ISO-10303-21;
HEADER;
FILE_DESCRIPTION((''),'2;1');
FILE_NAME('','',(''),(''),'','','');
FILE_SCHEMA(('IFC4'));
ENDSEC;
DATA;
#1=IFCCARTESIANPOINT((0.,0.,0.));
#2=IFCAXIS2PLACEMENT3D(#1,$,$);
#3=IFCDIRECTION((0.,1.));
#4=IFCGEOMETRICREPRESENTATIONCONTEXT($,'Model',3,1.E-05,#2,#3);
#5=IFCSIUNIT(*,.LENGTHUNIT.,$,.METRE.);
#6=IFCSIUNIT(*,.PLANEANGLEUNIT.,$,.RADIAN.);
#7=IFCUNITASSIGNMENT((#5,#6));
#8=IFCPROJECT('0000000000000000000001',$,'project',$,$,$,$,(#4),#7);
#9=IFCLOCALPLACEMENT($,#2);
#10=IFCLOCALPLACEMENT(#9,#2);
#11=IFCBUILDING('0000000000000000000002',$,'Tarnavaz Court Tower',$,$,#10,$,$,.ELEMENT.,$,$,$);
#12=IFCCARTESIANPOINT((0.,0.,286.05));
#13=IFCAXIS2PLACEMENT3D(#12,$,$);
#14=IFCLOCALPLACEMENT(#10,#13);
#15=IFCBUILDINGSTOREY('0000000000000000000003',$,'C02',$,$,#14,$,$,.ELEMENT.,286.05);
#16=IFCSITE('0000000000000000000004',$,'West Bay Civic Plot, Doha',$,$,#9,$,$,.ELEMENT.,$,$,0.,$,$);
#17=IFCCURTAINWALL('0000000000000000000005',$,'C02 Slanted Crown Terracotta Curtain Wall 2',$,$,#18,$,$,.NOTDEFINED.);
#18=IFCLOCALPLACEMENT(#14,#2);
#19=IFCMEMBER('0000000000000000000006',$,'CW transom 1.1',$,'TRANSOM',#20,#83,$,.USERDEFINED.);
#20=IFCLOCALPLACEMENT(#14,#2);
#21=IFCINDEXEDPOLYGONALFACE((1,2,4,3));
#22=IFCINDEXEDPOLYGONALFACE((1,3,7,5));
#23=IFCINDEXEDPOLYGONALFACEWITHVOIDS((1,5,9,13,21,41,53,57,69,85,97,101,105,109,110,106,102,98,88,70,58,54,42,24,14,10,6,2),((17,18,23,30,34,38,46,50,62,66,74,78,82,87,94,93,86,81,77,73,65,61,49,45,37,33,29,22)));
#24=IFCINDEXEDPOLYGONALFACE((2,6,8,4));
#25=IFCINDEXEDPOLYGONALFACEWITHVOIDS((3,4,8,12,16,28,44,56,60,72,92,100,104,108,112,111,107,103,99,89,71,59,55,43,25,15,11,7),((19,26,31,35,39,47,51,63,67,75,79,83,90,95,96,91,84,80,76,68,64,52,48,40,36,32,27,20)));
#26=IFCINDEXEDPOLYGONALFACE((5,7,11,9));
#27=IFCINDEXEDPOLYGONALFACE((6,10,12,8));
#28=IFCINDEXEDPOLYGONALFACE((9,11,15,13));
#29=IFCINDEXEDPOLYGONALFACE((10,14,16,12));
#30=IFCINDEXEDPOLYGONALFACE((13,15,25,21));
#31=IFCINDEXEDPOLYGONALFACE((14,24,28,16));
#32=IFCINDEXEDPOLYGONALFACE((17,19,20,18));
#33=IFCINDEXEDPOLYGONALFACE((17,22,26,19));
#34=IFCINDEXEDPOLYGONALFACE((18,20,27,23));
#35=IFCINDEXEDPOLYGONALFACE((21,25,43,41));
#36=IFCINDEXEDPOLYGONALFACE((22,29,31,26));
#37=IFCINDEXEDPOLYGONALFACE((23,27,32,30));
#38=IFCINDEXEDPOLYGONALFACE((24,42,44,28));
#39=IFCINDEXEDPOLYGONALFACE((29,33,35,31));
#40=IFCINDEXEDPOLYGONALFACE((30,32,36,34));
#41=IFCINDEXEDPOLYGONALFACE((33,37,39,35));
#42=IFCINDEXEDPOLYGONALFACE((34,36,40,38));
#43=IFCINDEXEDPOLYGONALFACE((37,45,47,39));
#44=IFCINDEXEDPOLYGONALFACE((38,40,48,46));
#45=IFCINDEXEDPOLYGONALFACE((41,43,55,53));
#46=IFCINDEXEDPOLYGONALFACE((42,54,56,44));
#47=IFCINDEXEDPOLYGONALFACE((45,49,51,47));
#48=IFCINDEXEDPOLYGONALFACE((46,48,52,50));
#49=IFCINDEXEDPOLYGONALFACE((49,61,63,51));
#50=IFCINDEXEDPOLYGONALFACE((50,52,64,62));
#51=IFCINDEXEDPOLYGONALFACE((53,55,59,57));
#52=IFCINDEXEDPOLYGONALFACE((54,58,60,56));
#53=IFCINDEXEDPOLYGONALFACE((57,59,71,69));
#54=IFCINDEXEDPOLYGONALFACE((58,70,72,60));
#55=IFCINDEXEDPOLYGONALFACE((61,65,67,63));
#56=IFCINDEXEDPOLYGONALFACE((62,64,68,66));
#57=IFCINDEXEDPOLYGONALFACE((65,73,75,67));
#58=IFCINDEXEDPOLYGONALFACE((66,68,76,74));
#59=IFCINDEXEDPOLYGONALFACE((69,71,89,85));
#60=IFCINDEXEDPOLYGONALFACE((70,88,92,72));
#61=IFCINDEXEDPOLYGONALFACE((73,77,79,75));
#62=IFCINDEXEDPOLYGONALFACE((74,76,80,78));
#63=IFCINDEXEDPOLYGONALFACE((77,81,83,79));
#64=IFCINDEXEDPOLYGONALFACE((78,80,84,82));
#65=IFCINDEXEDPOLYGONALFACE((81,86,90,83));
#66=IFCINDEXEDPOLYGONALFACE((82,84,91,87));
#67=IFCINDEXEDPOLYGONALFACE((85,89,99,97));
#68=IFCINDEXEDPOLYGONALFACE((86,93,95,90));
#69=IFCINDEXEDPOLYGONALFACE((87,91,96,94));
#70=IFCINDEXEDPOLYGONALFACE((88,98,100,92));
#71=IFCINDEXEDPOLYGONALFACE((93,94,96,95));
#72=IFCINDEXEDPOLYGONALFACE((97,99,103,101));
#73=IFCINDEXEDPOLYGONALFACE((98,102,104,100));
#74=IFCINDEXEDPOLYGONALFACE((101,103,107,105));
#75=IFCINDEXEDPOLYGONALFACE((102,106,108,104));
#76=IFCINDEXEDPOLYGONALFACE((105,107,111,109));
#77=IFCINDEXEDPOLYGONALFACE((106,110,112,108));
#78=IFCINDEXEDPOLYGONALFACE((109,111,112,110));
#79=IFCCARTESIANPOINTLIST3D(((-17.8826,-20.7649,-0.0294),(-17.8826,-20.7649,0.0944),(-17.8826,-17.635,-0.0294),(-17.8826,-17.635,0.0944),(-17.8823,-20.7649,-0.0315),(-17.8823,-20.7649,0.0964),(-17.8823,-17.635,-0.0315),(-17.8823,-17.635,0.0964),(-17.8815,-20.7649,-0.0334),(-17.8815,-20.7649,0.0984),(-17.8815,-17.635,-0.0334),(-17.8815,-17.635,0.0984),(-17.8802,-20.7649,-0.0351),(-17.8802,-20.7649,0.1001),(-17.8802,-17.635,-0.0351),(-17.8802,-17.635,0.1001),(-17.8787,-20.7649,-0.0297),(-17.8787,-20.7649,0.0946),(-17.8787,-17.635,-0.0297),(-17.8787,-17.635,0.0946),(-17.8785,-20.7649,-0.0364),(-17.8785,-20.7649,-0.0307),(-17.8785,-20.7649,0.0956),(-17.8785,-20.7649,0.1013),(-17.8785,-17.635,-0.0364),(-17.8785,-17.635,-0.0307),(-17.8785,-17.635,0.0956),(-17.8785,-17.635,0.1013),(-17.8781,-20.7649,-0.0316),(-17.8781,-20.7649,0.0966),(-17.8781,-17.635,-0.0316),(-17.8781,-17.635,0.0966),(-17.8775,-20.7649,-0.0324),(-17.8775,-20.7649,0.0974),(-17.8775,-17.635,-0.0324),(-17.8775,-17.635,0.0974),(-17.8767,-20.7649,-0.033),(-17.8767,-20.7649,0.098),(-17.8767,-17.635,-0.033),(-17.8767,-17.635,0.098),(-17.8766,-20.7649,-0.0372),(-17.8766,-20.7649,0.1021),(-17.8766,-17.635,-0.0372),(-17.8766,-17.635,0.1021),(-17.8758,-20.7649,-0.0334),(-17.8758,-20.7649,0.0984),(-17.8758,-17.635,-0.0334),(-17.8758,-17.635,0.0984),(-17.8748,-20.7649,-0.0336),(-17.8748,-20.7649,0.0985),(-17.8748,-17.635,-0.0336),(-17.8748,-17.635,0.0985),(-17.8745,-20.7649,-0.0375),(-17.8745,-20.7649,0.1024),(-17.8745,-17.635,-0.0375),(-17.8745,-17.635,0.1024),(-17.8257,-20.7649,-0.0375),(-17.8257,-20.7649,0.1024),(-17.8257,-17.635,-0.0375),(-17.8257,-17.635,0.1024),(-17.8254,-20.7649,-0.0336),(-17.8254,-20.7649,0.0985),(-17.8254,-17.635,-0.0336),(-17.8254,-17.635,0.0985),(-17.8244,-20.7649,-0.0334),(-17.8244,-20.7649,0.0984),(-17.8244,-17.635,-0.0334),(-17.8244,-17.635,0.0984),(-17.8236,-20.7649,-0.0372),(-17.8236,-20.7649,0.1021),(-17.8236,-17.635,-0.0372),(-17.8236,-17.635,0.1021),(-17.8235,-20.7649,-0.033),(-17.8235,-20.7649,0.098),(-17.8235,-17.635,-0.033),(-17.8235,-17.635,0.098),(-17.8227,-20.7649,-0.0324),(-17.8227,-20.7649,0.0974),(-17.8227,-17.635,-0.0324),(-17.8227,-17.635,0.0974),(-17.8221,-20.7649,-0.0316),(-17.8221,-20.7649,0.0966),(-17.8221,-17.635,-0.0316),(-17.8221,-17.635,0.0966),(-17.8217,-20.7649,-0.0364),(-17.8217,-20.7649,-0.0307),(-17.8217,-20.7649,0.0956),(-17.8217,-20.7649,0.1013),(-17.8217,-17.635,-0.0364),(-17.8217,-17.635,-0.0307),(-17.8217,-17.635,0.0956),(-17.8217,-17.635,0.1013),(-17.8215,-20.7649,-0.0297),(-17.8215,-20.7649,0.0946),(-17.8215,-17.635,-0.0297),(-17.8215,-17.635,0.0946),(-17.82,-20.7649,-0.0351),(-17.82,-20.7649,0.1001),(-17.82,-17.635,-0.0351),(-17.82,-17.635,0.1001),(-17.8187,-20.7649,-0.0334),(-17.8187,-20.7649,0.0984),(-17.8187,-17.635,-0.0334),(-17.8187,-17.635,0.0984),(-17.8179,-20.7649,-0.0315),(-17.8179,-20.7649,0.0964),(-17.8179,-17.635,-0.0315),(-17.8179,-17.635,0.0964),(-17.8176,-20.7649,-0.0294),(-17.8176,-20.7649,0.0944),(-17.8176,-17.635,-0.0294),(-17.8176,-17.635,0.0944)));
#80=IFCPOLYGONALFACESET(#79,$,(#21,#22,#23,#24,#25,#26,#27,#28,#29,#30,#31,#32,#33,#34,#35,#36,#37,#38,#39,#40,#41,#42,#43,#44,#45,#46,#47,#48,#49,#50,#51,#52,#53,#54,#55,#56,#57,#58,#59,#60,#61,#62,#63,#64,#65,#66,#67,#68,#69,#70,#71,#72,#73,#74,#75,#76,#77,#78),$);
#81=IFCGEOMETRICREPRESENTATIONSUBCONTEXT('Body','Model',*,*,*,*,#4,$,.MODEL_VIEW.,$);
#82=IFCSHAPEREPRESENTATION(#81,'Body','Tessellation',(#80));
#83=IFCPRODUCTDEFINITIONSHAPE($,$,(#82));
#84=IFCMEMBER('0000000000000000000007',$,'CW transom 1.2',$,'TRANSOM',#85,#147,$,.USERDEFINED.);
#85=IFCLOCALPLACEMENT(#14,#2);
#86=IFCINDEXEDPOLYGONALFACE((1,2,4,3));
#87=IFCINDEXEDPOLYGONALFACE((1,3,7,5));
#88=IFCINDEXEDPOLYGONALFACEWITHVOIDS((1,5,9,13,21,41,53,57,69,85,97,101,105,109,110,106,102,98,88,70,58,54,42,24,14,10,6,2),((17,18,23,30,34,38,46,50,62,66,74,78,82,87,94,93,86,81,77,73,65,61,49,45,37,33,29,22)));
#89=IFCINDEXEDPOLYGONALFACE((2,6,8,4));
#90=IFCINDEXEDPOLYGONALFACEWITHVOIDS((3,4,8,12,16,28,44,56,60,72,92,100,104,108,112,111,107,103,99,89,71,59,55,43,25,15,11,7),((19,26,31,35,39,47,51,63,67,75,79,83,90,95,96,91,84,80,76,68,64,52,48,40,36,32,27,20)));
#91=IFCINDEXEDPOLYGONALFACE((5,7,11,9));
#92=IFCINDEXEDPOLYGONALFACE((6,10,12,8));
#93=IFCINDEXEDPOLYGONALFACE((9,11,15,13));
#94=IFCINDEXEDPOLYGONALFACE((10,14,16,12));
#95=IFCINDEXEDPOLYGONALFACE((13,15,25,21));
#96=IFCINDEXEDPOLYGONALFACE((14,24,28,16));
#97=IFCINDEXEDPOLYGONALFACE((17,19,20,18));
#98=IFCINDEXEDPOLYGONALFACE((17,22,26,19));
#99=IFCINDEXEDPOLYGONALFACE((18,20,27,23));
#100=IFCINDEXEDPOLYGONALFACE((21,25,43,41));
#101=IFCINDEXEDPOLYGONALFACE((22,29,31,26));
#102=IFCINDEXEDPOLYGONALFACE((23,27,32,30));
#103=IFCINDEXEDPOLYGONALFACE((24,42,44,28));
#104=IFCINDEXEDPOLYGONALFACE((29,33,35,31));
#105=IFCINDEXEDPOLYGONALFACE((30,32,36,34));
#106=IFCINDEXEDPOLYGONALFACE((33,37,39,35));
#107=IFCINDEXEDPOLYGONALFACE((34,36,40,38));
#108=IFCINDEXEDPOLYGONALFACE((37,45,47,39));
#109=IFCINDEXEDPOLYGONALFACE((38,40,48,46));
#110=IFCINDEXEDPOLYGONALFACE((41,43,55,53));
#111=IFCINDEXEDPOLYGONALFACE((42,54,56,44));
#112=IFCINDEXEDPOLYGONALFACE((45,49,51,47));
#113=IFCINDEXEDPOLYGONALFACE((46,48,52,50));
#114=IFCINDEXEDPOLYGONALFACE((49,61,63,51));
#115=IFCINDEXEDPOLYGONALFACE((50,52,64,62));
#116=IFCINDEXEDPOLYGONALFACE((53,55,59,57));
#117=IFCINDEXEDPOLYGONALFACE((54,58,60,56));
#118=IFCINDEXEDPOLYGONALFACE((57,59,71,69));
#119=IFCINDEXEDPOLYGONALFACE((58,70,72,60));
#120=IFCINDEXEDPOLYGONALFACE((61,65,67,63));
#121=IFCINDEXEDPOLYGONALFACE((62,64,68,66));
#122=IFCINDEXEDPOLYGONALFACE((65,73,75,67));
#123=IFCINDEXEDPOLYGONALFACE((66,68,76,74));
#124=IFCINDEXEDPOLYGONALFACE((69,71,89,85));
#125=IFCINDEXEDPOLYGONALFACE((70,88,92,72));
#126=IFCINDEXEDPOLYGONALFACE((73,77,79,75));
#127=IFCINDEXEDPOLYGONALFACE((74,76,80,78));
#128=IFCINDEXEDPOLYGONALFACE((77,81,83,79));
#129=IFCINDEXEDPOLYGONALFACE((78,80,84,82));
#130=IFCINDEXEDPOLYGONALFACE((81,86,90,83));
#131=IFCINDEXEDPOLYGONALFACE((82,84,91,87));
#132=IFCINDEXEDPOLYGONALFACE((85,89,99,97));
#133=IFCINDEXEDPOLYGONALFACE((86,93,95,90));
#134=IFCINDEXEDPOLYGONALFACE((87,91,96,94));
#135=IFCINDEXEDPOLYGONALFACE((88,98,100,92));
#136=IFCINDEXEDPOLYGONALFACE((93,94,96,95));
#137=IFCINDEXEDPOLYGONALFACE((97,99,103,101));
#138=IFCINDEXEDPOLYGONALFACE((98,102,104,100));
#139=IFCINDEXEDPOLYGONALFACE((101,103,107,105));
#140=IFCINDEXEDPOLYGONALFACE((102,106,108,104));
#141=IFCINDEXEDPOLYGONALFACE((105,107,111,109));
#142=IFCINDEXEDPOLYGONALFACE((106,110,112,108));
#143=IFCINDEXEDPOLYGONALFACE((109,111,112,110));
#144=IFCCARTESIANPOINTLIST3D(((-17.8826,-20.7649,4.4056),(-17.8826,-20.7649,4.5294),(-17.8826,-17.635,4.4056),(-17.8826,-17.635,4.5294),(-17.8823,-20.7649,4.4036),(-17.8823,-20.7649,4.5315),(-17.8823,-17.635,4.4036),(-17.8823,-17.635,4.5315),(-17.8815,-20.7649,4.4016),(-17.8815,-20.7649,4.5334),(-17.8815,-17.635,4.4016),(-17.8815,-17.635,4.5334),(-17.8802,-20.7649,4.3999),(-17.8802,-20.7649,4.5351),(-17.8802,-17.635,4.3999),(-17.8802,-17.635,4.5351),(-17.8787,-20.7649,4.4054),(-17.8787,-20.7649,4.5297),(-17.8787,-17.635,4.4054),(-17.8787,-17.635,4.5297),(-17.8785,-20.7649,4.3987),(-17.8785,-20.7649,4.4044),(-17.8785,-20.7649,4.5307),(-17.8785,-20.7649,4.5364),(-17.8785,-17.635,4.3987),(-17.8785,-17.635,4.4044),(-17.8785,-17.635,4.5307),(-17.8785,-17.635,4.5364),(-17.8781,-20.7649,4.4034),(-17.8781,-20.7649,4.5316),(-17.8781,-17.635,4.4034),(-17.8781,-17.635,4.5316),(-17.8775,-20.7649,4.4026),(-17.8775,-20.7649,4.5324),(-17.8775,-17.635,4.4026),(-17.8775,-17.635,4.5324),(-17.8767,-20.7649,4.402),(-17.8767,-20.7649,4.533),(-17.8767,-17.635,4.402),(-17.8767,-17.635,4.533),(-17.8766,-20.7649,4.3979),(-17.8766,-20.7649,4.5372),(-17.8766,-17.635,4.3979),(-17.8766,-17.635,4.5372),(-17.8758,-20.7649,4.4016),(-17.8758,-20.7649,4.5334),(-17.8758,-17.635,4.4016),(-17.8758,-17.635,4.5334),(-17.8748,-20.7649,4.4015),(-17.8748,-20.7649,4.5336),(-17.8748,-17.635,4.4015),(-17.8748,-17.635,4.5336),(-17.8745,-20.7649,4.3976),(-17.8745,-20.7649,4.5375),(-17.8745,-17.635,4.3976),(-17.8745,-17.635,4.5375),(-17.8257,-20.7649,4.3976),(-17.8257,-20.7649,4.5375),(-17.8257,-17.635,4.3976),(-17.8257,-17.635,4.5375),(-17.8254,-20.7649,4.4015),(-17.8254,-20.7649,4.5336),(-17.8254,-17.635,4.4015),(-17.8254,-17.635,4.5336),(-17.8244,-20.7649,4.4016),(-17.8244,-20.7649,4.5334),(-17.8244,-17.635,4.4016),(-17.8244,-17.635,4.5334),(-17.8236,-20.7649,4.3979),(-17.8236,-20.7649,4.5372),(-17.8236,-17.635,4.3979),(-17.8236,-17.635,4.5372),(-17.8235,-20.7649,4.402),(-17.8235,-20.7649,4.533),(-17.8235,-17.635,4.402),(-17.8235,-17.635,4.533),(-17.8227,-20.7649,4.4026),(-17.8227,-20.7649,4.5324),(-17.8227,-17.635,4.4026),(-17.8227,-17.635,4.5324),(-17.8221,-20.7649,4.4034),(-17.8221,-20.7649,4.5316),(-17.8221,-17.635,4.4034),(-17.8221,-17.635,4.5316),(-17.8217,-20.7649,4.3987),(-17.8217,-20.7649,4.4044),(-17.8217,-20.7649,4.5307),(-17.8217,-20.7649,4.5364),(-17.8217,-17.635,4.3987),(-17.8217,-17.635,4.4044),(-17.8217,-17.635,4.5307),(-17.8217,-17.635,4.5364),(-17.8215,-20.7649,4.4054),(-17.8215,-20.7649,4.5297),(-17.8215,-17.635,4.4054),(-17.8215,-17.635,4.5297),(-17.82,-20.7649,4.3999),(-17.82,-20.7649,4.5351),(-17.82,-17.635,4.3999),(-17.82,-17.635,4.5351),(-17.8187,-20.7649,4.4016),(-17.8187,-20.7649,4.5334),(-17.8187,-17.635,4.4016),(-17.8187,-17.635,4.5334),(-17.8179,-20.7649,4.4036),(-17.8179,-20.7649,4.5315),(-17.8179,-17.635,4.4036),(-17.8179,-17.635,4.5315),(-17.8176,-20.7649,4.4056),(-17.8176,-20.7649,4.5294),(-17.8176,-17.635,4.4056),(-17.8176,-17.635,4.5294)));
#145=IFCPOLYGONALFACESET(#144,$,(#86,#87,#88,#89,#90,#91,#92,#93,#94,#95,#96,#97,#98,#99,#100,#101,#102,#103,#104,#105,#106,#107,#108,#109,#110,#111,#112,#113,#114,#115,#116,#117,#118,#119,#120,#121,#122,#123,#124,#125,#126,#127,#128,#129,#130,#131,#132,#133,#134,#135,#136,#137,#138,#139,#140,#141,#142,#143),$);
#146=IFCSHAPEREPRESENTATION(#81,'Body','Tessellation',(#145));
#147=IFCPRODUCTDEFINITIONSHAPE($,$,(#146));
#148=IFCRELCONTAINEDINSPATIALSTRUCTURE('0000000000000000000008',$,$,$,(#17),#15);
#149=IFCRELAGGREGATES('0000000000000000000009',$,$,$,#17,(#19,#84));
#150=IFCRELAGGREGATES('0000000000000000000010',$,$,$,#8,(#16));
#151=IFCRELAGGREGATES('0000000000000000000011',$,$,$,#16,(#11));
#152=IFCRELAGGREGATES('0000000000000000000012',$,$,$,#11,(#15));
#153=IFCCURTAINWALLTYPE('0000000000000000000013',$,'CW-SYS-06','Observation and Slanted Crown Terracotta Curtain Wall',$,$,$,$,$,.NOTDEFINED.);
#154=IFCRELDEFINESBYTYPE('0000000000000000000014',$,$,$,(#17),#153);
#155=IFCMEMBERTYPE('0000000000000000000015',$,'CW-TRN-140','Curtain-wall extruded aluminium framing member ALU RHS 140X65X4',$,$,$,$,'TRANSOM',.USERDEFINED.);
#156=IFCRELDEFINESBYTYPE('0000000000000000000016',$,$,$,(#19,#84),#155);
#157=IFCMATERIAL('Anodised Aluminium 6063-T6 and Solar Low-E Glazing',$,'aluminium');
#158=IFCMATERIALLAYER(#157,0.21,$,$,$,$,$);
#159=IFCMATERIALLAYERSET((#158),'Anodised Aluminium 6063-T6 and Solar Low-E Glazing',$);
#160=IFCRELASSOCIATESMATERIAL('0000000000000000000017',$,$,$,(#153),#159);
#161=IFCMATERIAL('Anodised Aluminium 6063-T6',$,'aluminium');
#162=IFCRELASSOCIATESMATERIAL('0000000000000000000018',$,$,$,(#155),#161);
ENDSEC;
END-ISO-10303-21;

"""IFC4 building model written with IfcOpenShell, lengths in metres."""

from ifc_helpers import new_model, si_unit, direction, frame, origin, origin_2d, place, context, subcontext, project, spatial, hollow_rectangle, extrude, material, layer, layer_set, material_profile, profile_set, type_object, element, aggregate, save


model = new_model("IFC4")

# Units and contexts
model_context = context("Model", 3, precision=1e-05, world=origin(), true_north=direction((0.0, 1.0)))
body_context = subcontext(model_context, "Body", "Model", "MODEL_VIEW")
ifc_project = project(units=[si_unit("LENGTHUNIT", "METRE"), si_unit("PLANEANGLEUNIT", "RADIAN")], contexts=[model_context])

# Site, building, storey
site_placement = place(None, origin())
site = spatial("IfcSite", under=ifc_project, at=site_placement, Name="West Bay Civic Plot, Doha", CompositionType="ELEMENT", RefElevation=0.0)
building_placement = place(site_placement, origin())
building = spatial("IfcBuilding", under=site, at=building_placement, Name="Tarnavaz Court Tower", CompositionType="ELEMENT")
storey_placement = place(building_placement, frame((0.0, 0.0, 286.05)))
storey = spatial("IfcBuildingStorey", under=building, at=storey_placement, Name="C02", CompositionType="ELEMENT", Elevation=286.05)

# Curtain wall
ifc_material_1 = material(Name="Anodised Aluminium 6063-T6 and Solar Low-E Glazing", Category="aluminium")
ifc_layer_1 = layer(ifc_material_1, 0.21)
ifc_layer_set_1 = layer_set([ifc_layer_1], Name="Anodised Aluminium 6063-T6 and Solar Low-E Glazing")
curtain_wall_type = type_object("IfcCurtainWallType", Name="CW-SYS-06", Description="Observation and Slanted Crown Terracotta Curtain Wall", PredefinedType="NOTDEFINED", material=ifc_layer_set_1)
ifc_material_2 = material(Name="Anodised Aluminium 6063-T6", Category="aluminium")
curtain_wall_1_placement = place(storey_placement, origin())
curtain_wall_1 = element("IfcCurtainWall", 1, at=curtain_wall_1_placement, inside=storey, type_object=curtain_wall_type, Name="C02 Slanted Crown Terracotta Curtain Wall 2", PredefinedType="NOTDEFINED")

# Members
ifc_material_profile_1 = material_profile(ifc_material_2, hollow_rectangle(XDim=0.0649, YDim=0.1399, WallThickness=0.0039, InnerFilletRadius=0.0039, OuterFilletRadius=0.0081, at=origin_2d()), Name="ALU RHS 140X65X4")
ifc_profile_set_1 = profile_set([ifc_material_profile_1], Name="Anodised Aluminium 6063-T6")
member_type_1 = type_object("IfcMemberType", Name="CW-TRN-140", Description="Curtain-wall extruded aluminium framing member ALU RHS 140X65X4", ElementType="TRANSOM", PredefinedType="USERDEFINED", material=ifc_profile_set_1)
member_1_placement = place(storey_placement, frame((-17.8501, -20.7649, 0.0325), z_axis=(0.0, 1.0, 0.0), x_axis=(-1.0, 0.0, 0.0)))
member_1 = element("IfcMember", 2, at=member_1_placement, type_object=member_type_1, Name="CW transom 1.1", ObjectType="TRANSOM", PredefinedType="USERDEFINED", context=body_context, shape_type="SweptSolid", body=[
    extrude(hollow_rectangle(XDim=0.0649, YDim=0.1399, WallThickness=0.0039, InnerFilletRadius=0.0039, OuterFilletRadius=0.0081, at=origin_2d()), origin(), (0.0, 0.0, 1.0), 3.1299),
])
member_2_placement = place(storey_placement, frame((-17.8501, -20.7649, 4.4675), z_axis=(0.0, 1.0, 0.0), x_axis=(-1.0, 0.0, 0.0)))
member_2 = element("IfcMember", 3, at=member_2_placement, type_object=member_type_1, Name="CW transom 1.2", ObjectType="TRANSOM", PredefinedType="USERDEFINED", context=body_context, shape_type="SweptSolid", body=[
    extrude(hollow_rectangle(XDim=0.0649, YDim=0.1399, WallThickness=0.0039, InnerFilletRadius=0.0039, OuterFilletRadius=0.0081, at=origin_2d()), origin(), (0.0, 0.0, 1.0), 3.1299),
])

aggregate(curtain_wall_1, [member_1, member_2])

save(model, "model.ifc")
